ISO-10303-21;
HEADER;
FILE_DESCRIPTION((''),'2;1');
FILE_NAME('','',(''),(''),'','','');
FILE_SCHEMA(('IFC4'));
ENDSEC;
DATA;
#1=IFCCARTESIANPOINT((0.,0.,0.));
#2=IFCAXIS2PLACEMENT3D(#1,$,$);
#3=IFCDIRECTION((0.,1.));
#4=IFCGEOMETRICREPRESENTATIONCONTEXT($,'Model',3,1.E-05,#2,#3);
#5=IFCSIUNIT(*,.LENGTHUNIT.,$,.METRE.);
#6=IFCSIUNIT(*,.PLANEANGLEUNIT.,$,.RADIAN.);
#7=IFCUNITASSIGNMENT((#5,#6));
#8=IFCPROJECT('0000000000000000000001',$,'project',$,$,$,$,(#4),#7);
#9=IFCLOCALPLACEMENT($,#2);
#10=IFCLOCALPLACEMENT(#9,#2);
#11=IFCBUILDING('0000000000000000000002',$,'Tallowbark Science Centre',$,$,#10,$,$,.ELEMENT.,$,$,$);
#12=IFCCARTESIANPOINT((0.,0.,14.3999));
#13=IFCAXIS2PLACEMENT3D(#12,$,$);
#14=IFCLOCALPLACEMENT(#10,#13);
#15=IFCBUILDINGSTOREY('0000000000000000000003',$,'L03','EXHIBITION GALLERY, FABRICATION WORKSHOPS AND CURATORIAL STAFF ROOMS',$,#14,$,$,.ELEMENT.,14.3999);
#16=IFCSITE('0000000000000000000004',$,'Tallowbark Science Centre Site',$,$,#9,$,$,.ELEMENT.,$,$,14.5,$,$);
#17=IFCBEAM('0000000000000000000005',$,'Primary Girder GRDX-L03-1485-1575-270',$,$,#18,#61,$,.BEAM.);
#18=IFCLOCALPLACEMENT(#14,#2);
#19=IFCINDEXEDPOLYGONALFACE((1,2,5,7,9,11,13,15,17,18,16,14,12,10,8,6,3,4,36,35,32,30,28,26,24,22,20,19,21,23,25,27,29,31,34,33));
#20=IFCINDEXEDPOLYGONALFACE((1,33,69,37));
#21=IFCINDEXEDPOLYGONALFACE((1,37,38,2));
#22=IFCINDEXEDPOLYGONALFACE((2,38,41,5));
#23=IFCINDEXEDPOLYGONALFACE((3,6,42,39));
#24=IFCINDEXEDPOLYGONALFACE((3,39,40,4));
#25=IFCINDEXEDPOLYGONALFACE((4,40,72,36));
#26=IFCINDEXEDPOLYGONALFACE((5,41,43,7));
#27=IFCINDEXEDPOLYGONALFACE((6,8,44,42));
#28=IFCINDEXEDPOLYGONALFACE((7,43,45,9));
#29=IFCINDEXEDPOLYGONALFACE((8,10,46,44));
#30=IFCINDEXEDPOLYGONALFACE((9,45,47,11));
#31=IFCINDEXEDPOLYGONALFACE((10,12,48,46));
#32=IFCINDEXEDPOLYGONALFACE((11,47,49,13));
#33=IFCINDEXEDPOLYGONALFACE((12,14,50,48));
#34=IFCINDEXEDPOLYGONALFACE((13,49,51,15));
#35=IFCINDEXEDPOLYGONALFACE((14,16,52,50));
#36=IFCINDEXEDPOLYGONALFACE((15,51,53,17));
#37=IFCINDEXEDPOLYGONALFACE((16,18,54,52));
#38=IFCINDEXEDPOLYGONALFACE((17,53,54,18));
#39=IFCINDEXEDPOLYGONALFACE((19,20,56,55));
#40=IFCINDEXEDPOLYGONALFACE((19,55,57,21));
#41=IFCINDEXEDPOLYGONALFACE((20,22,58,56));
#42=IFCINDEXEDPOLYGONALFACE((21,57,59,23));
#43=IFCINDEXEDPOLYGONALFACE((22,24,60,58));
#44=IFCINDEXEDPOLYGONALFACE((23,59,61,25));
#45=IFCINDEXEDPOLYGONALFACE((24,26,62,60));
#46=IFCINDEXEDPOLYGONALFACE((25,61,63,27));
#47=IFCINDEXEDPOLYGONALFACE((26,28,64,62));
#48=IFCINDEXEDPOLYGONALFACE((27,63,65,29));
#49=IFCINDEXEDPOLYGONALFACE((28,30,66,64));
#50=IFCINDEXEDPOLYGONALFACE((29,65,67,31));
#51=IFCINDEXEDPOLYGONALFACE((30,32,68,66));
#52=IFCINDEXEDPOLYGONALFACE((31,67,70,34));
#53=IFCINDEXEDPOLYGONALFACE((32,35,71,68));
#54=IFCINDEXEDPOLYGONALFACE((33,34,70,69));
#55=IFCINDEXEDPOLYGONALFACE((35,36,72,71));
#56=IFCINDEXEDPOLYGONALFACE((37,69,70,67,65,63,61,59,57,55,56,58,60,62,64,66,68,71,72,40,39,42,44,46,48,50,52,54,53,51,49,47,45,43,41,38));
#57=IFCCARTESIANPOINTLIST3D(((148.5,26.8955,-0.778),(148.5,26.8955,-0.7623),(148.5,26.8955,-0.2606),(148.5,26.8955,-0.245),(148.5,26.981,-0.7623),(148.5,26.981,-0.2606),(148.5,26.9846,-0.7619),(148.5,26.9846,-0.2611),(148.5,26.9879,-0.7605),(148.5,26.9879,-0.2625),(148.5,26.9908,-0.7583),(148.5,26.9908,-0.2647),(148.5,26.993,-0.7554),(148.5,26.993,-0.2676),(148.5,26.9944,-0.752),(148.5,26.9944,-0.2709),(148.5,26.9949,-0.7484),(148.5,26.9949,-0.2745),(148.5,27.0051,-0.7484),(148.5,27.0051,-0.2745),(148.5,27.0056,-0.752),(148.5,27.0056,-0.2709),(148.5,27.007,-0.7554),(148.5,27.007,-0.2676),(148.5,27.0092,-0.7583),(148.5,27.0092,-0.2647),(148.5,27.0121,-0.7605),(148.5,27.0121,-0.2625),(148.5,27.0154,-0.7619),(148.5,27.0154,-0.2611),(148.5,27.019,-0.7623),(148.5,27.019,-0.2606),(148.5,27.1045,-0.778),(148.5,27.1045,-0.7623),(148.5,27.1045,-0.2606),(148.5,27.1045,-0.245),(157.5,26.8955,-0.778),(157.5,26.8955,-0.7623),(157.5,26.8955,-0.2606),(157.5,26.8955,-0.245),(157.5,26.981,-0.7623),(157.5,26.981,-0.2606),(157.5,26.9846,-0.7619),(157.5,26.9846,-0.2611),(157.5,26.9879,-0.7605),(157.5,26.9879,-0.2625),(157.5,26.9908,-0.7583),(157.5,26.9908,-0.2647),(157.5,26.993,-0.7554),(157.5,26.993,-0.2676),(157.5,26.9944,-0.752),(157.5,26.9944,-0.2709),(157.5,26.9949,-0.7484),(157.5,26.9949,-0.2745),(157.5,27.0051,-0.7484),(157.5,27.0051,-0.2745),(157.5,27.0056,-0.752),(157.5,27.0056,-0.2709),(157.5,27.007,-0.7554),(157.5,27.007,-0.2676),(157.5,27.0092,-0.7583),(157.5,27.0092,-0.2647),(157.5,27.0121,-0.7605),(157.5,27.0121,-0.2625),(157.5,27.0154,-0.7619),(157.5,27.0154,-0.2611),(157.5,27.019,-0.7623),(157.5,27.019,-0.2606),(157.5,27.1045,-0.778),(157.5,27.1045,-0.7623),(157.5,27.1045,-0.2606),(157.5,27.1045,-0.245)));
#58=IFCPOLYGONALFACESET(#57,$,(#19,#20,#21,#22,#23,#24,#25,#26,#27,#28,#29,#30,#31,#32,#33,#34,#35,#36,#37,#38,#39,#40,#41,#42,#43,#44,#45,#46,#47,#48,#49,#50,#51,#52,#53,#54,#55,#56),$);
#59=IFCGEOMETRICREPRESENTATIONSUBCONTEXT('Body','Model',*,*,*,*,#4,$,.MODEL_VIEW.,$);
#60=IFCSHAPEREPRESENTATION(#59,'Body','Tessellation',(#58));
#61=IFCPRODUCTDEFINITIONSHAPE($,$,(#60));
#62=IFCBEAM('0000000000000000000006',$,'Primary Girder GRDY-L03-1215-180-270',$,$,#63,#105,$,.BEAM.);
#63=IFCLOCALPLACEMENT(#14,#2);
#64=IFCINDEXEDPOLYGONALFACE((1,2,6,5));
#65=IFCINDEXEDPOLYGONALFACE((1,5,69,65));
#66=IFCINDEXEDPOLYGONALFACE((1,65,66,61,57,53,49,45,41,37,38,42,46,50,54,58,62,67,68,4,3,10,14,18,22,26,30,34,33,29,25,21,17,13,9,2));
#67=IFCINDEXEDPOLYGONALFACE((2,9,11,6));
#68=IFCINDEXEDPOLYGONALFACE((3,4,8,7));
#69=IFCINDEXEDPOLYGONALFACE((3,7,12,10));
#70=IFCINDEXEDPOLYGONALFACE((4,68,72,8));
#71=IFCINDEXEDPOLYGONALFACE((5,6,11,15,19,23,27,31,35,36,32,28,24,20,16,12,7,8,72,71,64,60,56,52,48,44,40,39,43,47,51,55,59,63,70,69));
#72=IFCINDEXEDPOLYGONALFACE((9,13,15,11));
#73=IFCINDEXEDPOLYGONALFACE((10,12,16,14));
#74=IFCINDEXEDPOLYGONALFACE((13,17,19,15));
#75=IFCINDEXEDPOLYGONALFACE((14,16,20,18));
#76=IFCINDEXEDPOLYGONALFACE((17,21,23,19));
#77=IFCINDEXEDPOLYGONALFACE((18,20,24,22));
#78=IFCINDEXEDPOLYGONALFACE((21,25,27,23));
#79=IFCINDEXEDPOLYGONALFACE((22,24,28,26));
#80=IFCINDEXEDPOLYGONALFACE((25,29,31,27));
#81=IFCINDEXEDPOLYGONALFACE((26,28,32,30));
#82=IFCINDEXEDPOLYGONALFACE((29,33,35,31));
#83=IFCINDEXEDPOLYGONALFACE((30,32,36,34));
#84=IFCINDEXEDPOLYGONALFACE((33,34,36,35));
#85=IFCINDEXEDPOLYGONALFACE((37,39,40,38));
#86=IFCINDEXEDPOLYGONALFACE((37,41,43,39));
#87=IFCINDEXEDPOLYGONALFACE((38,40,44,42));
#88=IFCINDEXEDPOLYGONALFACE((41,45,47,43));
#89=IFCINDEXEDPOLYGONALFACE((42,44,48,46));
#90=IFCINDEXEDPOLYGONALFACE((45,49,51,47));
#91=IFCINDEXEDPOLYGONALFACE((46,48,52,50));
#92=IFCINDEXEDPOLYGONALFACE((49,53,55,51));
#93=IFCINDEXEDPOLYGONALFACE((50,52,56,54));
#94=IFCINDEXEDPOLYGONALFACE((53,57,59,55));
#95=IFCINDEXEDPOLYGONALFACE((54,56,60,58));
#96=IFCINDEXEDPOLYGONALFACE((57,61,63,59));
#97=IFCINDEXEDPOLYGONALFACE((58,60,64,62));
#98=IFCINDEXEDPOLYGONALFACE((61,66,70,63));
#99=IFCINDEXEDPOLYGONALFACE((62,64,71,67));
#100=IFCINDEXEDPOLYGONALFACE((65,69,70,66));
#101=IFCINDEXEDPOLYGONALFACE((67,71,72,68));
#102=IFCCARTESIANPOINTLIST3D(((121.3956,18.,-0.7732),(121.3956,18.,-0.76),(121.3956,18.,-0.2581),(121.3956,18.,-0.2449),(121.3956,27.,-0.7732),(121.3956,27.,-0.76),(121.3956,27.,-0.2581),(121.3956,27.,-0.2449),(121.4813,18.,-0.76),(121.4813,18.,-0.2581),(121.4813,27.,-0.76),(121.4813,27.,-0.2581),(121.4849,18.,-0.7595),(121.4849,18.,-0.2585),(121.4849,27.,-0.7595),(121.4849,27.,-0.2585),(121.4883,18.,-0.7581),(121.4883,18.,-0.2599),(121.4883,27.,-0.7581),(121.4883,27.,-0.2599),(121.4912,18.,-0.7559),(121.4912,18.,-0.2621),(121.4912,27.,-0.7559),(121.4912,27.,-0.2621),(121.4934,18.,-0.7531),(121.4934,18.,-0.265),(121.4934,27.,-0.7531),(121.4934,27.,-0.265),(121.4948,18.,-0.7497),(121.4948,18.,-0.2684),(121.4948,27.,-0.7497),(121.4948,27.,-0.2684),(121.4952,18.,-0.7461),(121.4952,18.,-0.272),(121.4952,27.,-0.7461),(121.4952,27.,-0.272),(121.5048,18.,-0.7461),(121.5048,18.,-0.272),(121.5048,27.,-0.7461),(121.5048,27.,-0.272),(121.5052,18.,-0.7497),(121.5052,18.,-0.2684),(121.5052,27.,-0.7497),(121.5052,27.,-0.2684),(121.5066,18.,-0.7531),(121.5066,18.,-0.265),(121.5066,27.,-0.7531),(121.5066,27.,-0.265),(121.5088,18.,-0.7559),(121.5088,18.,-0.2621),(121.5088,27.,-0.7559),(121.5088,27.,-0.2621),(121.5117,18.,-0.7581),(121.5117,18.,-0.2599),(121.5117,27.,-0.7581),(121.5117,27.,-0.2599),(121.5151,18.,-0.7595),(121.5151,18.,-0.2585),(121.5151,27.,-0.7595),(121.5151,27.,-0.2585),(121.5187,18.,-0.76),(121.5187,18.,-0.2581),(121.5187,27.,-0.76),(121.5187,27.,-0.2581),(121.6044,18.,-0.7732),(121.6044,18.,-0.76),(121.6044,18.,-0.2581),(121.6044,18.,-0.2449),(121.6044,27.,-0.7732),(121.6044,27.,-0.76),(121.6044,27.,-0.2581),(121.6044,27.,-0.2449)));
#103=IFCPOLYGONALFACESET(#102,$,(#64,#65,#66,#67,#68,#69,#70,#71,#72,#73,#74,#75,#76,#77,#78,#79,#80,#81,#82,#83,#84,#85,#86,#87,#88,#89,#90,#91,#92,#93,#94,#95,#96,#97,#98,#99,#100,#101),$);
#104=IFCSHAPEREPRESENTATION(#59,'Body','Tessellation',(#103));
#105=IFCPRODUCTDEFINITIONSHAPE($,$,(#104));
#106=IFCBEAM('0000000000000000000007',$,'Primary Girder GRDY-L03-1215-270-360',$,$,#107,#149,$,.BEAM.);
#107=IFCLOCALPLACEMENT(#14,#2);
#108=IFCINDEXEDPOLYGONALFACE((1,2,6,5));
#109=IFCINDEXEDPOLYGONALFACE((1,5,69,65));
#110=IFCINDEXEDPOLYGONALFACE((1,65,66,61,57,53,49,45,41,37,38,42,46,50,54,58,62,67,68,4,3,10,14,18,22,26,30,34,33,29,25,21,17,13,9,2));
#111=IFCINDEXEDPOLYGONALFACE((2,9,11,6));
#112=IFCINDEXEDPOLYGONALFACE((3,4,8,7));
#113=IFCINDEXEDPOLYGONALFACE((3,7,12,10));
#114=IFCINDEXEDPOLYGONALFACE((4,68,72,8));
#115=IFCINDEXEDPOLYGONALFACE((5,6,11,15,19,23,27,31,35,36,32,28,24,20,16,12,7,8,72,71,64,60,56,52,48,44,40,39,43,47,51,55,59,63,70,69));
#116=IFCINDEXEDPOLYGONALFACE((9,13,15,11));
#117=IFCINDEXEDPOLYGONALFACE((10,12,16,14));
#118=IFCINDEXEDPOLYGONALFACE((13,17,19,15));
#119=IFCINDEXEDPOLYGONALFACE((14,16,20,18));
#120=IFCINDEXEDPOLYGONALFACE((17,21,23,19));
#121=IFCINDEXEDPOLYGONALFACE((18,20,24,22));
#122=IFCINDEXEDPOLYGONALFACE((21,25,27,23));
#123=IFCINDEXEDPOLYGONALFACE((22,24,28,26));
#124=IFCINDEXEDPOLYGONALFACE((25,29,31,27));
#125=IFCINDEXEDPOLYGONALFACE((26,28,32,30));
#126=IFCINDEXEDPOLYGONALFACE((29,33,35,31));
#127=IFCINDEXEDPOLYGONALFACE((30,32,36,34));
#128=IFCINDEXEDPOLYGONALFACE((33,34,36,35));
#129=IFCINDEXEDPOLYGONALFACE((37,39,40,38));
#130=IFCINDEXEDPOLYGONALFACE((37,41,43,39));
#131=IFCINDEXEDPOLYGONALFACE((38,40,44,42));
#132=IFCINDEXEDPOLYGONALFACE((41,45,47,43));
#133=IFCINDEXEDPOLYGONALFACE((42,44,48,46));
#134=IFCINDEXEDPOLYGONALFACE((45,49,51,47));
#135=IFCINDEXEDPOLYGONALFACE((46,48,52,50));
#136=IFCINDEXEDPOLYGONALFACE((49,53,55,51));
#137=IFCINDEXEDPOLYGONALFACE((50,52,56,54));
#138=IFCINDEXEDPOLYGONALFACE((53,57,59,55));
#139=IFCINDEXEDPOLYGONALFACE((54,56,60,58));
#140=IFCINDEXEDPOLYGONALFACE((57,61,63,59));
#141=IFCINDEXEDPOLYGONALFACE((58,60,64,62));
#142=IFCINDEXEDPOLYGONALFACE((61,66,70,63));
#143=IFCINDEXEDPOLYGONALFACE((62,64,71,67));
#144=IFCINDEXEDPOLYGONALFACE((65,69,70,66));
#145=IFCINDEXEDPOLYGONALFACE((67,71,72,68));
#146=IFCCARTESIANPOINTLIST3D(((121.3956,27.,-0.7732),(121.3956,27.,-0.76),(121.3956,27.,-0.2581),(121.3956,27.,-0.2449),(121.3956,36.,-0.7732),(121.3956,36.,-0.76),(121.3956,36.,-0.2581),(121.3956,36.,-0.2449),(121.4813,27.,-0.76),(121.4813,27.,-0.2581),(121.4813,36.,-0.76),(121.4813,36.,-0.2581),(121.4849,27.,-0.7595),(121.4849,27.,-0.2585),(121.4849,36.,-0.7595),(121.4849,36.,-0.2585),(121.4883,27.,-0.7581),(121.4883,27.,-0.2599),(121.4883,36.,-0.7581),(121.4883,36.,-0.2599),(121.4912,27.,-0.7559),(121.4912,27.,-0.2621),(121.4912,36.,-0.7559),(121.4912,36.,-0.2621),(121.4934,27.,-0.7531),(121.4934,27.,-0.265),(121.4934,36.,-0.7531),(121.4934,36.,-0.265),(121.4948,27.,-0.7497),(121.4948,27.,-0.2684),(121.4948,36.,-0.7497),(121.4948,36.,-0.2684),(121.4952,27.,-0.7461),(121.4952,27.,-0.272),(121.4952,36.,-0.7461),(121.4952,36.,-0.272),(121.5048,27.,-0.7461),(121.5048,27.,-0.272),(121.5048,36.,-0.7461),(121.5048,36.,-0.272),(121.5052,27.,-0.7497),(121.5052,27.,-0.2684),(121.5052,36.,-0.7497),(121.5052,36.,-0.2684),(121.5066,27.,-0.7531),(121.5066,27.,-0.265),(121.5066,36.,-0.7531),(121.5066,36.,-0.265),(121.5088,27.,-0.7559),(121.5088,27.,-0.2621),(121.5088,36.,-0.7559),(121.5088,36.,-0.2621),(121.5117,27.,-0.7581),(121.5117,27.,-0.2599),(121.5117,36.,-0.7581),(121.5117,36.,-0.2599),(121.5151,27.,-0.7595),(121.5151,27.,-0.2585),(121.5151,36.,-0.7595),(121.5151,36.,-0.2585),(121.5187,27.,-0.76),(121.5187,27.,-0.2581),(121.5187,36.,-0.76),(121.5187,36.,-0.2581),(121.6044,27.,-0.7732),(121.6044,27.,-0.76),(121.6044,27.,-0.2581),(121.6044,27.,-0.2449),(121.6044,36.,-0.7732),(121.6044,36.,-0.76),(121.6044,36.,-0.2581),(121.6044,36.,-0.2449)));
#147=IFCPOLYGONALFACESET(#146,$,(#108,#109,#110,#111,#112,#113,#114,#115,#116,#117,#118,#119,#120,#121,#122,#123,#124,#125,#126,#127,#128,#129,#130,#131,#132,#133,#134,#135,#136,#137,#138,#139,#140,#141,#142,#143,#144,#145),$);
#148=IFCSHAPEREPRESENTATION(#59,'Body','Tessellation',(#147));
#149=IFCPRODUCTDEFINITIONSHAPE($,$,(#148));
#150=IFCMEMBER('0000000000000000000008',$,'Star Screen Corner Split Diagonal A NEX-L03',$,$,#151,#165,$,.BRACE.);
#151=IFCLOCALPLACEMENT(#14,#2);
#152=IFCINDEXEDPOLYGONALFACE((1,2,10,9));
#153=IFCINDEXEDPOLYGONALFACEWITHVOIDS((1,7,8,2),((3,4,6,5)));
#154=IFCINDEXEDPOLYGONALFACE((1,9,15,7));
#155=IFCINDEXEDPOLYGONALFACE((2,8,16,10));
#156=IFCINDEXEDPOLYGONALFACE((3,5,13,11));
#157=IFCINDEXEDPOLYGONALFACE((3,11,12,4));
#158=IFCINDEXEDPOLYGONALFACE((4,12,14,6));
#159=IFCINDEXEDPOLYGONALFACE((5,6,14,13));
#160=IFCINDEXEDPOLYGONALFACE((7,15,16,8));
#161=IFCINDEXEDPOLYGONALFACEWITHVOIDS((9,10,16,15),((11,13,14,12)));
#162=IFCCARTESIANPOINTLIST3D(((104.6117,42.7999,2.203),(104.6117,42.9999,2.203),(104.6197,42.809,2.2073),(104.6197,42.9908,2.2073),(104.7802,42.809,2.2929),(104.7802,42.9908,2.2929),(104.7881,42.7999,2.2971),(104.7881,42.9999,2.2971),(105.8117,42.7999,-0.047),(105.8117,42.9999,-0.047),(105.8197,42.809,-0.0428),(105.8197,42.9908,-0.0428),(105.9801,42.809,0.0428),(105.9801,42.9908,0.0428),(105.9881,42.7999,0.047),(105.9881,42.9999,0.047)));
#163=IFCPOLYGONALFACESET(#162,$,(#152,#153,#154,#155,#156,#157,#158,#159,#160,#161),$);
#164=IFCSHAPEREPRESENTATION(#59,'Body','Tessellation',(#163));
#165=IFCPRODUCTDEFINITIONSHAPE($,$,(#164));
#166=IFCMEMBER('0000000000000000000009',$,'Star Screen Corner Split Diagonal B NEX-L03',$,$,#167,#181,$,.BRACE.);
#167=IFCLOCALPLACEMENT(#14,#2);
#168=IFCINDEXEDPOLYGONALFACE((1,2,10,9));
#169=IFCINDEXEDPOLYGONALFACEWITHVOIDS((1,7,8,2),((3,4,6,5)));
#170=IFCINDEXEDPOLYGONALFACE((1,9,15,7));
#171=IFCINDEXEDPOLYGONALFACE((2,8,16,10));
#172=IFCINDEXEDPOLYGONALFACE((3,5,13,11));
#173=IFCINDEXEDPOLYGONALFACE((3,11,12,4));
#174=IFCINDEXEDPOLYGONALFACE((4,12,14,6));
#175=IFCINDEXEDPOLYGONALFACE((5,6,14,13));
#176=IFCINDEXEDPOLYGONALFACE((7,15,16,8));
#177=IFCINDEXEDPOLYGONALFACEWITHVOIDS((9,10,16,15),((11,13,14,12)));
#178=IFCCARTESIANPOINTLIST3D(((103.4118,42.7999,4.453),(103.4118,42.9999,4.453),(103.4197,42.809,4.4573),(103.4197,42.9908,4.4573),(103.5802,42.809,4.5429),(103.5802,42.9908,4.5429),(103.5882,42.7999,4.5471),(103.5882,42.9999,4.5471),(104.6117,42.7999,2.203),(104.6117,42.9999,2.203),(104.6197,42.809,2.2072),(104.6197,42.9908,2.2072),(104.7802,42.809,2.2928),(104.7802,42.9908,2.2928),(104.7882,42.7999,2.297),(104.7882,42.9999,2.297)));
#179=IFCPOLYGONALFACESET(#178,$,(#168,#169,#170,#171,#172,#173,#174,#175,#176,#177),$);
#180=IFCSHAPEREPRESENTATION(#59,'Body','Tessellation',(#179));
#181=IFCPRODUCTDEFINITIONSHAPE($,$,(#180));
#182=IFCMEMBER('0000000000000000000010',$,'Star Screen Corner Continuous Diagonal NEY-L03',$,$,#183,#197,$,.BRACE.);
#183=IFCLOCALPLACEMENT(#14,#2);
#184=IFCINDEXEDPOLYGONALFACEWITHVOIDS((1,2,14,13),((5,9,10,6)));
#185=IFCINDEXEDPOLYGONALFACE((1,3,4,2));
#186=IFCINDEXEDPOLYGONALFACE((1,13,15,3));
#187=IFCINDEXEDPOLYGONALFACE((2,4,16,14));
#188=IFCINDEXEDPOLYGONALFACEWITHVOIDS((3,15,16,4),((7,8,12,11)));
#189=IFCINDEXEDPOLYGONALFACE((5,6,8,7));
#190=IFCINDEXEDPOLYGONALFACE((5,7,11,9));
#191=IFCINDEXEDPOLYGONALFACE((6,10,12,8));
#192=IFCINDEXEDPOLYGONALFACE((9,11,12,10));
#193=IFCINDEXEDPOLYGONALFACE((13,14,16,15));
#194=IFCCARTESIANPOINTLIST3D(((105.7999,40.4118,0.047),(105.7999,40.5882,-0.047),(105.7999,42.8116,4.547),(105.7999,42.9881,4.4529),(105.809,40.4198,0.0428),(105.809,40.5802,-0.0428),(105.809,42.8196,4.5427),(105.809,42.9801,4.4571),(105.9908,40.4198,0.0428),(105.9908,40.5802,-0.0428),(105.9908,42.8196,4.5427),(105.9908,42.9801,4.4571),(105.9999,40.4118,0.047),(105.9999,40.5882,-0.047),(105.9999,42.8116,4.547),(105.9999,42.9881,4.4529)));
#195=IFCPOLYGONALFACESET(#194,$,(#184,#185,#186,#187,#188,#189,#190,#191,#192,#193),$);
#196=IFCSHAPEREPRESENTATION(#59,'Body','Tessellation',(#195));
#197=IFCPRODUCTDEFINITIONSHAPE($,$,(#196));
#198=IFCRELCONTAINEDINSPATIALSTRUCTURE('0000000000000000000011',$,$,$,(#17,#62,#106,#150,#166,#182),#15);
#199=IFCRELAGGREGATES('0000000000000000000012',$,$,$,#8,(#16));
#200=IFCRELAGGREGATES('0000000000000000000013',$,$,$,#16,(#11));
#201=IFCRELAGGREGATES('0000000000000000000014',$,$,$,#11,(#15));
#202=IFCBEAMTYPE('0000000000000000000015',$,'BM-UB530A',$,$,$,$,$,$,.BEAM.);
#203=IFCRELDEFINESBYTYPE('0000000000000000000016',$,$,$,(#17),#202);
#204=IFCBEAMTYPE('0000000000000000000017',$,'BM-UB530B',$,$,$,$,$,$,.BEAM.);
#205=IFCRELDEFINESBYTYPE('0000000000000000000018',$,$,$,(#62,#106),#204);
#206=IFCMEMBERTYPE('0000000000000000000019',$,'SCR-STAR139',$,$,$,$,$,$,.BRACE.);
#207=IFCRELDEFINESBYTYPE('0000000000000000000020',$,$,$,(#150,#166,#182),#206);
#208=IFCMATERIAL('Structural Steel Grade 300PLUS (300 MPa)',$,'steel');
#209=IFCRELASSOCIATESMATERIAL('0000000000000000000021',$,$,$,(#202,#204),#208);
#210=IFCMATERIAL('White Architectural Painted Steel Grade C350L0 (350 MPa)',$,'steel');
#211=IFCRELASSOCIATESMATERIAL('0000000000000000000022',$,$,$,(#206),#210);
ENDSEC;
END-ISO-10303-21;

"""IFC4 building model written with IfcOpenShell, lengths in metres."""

from ifc_helpers import new_model, si_unit, direction, frame, origin, origin_2d, place, context, subcontext, project, spatial, hollow_rectangle, i_section, extrude, material, material_profile, profile_set, type_object, element, save


model = new_model("IFC4")

# Units and contexts
model_context = context("Model", 3, precision=1e-05, world=origin(), true_north=direction((0.0, 1.0)))
body_context = subcontext(model_context, "Body", "Model", "MODEL_VIEW")
ifc_project = project(units=[si_unit("LENGTHUNIT", "METRE"), si_unit("PLANEANGLEUNIT", "RADIAN")], contexts=[model_context])

# Site, building, storey
site_placement = place(None, origin())
site = spatial("IfcSite", under=ifc_project, at=site_placement, Name="Tallowbark Science Centre Site", CompositionType="ELEMENT", RefElevation=14.5)
building_placement = place(site_placement, origin())
building = spatial("IfcBuilding", under=site, at=building_placement, Name="Tallowbark Science Centre", CompositionType="ELEMENT")
storey_placement = place(building_placement, frame((0.0, 0.0, 14.3999)))
storey = spatial("IfcBuildingStorey", under=building, at=storey_placement, Name="L03", Description="EXHIBITION GALLERY, FABRICATION WORKSHOPS AND CURATORIAL STAFF ROOMS", CompositionType="ELEMENT", Elevation=14.3999)

# Shared definitions
ifc_material_1 = material(Name="White Architectural Painted Steel Grade C350L0 (350 MPa)", Category="steel")

# Beams
ifc_material_2 = material(Name="Structural Steel Grade 300PLUS (300 MPa)", Category="steel")
ifc_material_profile_1 = material_profile(ifc_material_2, i_section(OverallWidth=0.209, OverallDepth=0.533, WebThickness=0.0103, FlangeThickness=0.0156, FilletRadius=0.0139, at=origin_2d()), Name="530UB92.4")
ifc_profile_set_1 = profile_set([ifc_material_profile_1], Name="Structural Steel Grade 300PLUS (300 MPa)")
beam_type_1 = type_object("IfcBeamType", Name="BM-UB530A", PredefinedType="BEAM", material=ifc_profile_set_1)
for number, where, z_axis, x_axis, name in (
    (1, (148.5, 27.0, -0.5115), (1.0, 0.0, 0.0), (0.0, 1.0, 0.0), "Primary Girder GRDX-L03-1485-1575-270"),
):
    element("IfcBeam", number, at=place(storey_placement, frame(where, z_axis=z_axis, x_axis=x_axis)), inside=storey, type_object=beam_type_1, Name=name, PredefinedType="BEAM", context=body_context, shape_type="SweptSolid", body=[
        extrude(i_section(OverallWidth=0.209, OverallDepth=0.533, WebThickness=0.0103, FlangeThickness=0.0156, FilletRadius=0.0139, at=origin_2d()), origin(), (0.0, 0.0, 1.0), 9.0),
    ])
ifc_material_profile_2 = material_profile(ifc_material_2, i_section(OverallWidth=0.2087, OverallDepth=0.5283, WebThickness=0.0095, FlangeThickness=0.0132, FilletRadius=0.0139, at=origin_2d()), Name="530UB82.0")
ifc_profile_set_2 = profile_set([ifc_material_profile_2], Name="Structural Steel Grade 300PLUS (300 MPa)")
beam_type_2 = type_object("IfcBeamType", Name="BM-UB530B", PredefinedType="BEAM", material=ifc_profile_set_2)
for number, where, z_axis, x_axis, name in (
    (2, (121.5, 18.0, -0.509), (0.0, 1.0, 0.0), (-1.0, 0.0, 0.0), "Primary Girder GRDY-L03-1215-180-270"),
    (3, (121.5, 27.0, -0.509), (0.0, 1.0, 0.0), (-1.0, 0.0, 0.0), "Primary Girder GRDY-L03-1215-270-360"),
):
    element("IfcBeam", number, at=place(storey_placement, frame(where, z_axis=z_axis, x_axis=x_axis)), inside=storey, type_object=beam_type_2, Name=name, PredefinedType="BEAM", context=body_context, shape_type="SweptSolid", body=[
        extrude(i_section(OverallWidth=0.2087, OverallDepth=0.5283, WebThickness=0.0095, FlangeThickness=0.0132, FilletRadius=0.0139, at=origin_2d()), origin(), (0.0, 0.0, 1.0), 9.0),
    ])

# Members
ifc_material_profile_3 = material_profile(ifc_material_1, hollow_rectangle(XDim=0.2, YDim=0.2, WallThickness=0.009, at=origin_2d()), Name="200x200x9.0SHS")
ifc_profile_set_3 = profile_set([ifc_material_profile_3], Name="White Architectural Painted Steel Grade C350L0 (350 MPa)")
member_type = type_object("IfcMemberType", Name="SCR-STAR139", PredefinedType="BRACE", material=ifc_profile_set_3)
for number, where, z_axis, x_axis, name in (
    (4, (105.8999, 42.8999, 0.0), (-0.470573, 0.0, 0.882361), (0.0, -1.0, 0.0), "Star Screen Corner Split Diagonal A NEX-L03"),
    (5, (104.7, 42.8999, 2.25), (-0.470573, 0.0, 0.882361), (0.0, -1.0, 0.0), "Star Screen Corner Split Diagonal B NEX-L03"),
):
    element("IfcMember", number, at=place(storey_placement, frame(where, z_axis=z_axis, x_axis=x_axis)), inside=storey, type_object=member_type, Name=name, PredefinedType="BRACE", context=body_context, shape_type="SweptSolid", body=[
        extrude(hollow_rectangle(XDim=0.2, YDim=0.2, WallThickness=0.009, at=origin_2d()), origin(), (0.0, 0.0, 1.0), 2.55),
    ])
member_placement = place(storey_placement, frame((105.8999, 40.5, 0.0), z_axis=(0.0, 0.470573, 0.882361), x_axis=(-1.0, 0.0, 0.0)))
element("IfcMember", 6, at=member_placement, inside=storey, type_object=member_type, Name="Star Screen Corner Continuous Diagonal NEY-L03", PredefinedType="BRACE", context=body_context, shape_type="SweptSolid", body=[
    extrude(hollow_rectangle(XDim=0.2, YDim=0.2, WallThickness=0.009, at=origin_2d()), origin(), (0.0, 0.0, 1.0), 5.0999),
])

save(model, "model.ifc")
